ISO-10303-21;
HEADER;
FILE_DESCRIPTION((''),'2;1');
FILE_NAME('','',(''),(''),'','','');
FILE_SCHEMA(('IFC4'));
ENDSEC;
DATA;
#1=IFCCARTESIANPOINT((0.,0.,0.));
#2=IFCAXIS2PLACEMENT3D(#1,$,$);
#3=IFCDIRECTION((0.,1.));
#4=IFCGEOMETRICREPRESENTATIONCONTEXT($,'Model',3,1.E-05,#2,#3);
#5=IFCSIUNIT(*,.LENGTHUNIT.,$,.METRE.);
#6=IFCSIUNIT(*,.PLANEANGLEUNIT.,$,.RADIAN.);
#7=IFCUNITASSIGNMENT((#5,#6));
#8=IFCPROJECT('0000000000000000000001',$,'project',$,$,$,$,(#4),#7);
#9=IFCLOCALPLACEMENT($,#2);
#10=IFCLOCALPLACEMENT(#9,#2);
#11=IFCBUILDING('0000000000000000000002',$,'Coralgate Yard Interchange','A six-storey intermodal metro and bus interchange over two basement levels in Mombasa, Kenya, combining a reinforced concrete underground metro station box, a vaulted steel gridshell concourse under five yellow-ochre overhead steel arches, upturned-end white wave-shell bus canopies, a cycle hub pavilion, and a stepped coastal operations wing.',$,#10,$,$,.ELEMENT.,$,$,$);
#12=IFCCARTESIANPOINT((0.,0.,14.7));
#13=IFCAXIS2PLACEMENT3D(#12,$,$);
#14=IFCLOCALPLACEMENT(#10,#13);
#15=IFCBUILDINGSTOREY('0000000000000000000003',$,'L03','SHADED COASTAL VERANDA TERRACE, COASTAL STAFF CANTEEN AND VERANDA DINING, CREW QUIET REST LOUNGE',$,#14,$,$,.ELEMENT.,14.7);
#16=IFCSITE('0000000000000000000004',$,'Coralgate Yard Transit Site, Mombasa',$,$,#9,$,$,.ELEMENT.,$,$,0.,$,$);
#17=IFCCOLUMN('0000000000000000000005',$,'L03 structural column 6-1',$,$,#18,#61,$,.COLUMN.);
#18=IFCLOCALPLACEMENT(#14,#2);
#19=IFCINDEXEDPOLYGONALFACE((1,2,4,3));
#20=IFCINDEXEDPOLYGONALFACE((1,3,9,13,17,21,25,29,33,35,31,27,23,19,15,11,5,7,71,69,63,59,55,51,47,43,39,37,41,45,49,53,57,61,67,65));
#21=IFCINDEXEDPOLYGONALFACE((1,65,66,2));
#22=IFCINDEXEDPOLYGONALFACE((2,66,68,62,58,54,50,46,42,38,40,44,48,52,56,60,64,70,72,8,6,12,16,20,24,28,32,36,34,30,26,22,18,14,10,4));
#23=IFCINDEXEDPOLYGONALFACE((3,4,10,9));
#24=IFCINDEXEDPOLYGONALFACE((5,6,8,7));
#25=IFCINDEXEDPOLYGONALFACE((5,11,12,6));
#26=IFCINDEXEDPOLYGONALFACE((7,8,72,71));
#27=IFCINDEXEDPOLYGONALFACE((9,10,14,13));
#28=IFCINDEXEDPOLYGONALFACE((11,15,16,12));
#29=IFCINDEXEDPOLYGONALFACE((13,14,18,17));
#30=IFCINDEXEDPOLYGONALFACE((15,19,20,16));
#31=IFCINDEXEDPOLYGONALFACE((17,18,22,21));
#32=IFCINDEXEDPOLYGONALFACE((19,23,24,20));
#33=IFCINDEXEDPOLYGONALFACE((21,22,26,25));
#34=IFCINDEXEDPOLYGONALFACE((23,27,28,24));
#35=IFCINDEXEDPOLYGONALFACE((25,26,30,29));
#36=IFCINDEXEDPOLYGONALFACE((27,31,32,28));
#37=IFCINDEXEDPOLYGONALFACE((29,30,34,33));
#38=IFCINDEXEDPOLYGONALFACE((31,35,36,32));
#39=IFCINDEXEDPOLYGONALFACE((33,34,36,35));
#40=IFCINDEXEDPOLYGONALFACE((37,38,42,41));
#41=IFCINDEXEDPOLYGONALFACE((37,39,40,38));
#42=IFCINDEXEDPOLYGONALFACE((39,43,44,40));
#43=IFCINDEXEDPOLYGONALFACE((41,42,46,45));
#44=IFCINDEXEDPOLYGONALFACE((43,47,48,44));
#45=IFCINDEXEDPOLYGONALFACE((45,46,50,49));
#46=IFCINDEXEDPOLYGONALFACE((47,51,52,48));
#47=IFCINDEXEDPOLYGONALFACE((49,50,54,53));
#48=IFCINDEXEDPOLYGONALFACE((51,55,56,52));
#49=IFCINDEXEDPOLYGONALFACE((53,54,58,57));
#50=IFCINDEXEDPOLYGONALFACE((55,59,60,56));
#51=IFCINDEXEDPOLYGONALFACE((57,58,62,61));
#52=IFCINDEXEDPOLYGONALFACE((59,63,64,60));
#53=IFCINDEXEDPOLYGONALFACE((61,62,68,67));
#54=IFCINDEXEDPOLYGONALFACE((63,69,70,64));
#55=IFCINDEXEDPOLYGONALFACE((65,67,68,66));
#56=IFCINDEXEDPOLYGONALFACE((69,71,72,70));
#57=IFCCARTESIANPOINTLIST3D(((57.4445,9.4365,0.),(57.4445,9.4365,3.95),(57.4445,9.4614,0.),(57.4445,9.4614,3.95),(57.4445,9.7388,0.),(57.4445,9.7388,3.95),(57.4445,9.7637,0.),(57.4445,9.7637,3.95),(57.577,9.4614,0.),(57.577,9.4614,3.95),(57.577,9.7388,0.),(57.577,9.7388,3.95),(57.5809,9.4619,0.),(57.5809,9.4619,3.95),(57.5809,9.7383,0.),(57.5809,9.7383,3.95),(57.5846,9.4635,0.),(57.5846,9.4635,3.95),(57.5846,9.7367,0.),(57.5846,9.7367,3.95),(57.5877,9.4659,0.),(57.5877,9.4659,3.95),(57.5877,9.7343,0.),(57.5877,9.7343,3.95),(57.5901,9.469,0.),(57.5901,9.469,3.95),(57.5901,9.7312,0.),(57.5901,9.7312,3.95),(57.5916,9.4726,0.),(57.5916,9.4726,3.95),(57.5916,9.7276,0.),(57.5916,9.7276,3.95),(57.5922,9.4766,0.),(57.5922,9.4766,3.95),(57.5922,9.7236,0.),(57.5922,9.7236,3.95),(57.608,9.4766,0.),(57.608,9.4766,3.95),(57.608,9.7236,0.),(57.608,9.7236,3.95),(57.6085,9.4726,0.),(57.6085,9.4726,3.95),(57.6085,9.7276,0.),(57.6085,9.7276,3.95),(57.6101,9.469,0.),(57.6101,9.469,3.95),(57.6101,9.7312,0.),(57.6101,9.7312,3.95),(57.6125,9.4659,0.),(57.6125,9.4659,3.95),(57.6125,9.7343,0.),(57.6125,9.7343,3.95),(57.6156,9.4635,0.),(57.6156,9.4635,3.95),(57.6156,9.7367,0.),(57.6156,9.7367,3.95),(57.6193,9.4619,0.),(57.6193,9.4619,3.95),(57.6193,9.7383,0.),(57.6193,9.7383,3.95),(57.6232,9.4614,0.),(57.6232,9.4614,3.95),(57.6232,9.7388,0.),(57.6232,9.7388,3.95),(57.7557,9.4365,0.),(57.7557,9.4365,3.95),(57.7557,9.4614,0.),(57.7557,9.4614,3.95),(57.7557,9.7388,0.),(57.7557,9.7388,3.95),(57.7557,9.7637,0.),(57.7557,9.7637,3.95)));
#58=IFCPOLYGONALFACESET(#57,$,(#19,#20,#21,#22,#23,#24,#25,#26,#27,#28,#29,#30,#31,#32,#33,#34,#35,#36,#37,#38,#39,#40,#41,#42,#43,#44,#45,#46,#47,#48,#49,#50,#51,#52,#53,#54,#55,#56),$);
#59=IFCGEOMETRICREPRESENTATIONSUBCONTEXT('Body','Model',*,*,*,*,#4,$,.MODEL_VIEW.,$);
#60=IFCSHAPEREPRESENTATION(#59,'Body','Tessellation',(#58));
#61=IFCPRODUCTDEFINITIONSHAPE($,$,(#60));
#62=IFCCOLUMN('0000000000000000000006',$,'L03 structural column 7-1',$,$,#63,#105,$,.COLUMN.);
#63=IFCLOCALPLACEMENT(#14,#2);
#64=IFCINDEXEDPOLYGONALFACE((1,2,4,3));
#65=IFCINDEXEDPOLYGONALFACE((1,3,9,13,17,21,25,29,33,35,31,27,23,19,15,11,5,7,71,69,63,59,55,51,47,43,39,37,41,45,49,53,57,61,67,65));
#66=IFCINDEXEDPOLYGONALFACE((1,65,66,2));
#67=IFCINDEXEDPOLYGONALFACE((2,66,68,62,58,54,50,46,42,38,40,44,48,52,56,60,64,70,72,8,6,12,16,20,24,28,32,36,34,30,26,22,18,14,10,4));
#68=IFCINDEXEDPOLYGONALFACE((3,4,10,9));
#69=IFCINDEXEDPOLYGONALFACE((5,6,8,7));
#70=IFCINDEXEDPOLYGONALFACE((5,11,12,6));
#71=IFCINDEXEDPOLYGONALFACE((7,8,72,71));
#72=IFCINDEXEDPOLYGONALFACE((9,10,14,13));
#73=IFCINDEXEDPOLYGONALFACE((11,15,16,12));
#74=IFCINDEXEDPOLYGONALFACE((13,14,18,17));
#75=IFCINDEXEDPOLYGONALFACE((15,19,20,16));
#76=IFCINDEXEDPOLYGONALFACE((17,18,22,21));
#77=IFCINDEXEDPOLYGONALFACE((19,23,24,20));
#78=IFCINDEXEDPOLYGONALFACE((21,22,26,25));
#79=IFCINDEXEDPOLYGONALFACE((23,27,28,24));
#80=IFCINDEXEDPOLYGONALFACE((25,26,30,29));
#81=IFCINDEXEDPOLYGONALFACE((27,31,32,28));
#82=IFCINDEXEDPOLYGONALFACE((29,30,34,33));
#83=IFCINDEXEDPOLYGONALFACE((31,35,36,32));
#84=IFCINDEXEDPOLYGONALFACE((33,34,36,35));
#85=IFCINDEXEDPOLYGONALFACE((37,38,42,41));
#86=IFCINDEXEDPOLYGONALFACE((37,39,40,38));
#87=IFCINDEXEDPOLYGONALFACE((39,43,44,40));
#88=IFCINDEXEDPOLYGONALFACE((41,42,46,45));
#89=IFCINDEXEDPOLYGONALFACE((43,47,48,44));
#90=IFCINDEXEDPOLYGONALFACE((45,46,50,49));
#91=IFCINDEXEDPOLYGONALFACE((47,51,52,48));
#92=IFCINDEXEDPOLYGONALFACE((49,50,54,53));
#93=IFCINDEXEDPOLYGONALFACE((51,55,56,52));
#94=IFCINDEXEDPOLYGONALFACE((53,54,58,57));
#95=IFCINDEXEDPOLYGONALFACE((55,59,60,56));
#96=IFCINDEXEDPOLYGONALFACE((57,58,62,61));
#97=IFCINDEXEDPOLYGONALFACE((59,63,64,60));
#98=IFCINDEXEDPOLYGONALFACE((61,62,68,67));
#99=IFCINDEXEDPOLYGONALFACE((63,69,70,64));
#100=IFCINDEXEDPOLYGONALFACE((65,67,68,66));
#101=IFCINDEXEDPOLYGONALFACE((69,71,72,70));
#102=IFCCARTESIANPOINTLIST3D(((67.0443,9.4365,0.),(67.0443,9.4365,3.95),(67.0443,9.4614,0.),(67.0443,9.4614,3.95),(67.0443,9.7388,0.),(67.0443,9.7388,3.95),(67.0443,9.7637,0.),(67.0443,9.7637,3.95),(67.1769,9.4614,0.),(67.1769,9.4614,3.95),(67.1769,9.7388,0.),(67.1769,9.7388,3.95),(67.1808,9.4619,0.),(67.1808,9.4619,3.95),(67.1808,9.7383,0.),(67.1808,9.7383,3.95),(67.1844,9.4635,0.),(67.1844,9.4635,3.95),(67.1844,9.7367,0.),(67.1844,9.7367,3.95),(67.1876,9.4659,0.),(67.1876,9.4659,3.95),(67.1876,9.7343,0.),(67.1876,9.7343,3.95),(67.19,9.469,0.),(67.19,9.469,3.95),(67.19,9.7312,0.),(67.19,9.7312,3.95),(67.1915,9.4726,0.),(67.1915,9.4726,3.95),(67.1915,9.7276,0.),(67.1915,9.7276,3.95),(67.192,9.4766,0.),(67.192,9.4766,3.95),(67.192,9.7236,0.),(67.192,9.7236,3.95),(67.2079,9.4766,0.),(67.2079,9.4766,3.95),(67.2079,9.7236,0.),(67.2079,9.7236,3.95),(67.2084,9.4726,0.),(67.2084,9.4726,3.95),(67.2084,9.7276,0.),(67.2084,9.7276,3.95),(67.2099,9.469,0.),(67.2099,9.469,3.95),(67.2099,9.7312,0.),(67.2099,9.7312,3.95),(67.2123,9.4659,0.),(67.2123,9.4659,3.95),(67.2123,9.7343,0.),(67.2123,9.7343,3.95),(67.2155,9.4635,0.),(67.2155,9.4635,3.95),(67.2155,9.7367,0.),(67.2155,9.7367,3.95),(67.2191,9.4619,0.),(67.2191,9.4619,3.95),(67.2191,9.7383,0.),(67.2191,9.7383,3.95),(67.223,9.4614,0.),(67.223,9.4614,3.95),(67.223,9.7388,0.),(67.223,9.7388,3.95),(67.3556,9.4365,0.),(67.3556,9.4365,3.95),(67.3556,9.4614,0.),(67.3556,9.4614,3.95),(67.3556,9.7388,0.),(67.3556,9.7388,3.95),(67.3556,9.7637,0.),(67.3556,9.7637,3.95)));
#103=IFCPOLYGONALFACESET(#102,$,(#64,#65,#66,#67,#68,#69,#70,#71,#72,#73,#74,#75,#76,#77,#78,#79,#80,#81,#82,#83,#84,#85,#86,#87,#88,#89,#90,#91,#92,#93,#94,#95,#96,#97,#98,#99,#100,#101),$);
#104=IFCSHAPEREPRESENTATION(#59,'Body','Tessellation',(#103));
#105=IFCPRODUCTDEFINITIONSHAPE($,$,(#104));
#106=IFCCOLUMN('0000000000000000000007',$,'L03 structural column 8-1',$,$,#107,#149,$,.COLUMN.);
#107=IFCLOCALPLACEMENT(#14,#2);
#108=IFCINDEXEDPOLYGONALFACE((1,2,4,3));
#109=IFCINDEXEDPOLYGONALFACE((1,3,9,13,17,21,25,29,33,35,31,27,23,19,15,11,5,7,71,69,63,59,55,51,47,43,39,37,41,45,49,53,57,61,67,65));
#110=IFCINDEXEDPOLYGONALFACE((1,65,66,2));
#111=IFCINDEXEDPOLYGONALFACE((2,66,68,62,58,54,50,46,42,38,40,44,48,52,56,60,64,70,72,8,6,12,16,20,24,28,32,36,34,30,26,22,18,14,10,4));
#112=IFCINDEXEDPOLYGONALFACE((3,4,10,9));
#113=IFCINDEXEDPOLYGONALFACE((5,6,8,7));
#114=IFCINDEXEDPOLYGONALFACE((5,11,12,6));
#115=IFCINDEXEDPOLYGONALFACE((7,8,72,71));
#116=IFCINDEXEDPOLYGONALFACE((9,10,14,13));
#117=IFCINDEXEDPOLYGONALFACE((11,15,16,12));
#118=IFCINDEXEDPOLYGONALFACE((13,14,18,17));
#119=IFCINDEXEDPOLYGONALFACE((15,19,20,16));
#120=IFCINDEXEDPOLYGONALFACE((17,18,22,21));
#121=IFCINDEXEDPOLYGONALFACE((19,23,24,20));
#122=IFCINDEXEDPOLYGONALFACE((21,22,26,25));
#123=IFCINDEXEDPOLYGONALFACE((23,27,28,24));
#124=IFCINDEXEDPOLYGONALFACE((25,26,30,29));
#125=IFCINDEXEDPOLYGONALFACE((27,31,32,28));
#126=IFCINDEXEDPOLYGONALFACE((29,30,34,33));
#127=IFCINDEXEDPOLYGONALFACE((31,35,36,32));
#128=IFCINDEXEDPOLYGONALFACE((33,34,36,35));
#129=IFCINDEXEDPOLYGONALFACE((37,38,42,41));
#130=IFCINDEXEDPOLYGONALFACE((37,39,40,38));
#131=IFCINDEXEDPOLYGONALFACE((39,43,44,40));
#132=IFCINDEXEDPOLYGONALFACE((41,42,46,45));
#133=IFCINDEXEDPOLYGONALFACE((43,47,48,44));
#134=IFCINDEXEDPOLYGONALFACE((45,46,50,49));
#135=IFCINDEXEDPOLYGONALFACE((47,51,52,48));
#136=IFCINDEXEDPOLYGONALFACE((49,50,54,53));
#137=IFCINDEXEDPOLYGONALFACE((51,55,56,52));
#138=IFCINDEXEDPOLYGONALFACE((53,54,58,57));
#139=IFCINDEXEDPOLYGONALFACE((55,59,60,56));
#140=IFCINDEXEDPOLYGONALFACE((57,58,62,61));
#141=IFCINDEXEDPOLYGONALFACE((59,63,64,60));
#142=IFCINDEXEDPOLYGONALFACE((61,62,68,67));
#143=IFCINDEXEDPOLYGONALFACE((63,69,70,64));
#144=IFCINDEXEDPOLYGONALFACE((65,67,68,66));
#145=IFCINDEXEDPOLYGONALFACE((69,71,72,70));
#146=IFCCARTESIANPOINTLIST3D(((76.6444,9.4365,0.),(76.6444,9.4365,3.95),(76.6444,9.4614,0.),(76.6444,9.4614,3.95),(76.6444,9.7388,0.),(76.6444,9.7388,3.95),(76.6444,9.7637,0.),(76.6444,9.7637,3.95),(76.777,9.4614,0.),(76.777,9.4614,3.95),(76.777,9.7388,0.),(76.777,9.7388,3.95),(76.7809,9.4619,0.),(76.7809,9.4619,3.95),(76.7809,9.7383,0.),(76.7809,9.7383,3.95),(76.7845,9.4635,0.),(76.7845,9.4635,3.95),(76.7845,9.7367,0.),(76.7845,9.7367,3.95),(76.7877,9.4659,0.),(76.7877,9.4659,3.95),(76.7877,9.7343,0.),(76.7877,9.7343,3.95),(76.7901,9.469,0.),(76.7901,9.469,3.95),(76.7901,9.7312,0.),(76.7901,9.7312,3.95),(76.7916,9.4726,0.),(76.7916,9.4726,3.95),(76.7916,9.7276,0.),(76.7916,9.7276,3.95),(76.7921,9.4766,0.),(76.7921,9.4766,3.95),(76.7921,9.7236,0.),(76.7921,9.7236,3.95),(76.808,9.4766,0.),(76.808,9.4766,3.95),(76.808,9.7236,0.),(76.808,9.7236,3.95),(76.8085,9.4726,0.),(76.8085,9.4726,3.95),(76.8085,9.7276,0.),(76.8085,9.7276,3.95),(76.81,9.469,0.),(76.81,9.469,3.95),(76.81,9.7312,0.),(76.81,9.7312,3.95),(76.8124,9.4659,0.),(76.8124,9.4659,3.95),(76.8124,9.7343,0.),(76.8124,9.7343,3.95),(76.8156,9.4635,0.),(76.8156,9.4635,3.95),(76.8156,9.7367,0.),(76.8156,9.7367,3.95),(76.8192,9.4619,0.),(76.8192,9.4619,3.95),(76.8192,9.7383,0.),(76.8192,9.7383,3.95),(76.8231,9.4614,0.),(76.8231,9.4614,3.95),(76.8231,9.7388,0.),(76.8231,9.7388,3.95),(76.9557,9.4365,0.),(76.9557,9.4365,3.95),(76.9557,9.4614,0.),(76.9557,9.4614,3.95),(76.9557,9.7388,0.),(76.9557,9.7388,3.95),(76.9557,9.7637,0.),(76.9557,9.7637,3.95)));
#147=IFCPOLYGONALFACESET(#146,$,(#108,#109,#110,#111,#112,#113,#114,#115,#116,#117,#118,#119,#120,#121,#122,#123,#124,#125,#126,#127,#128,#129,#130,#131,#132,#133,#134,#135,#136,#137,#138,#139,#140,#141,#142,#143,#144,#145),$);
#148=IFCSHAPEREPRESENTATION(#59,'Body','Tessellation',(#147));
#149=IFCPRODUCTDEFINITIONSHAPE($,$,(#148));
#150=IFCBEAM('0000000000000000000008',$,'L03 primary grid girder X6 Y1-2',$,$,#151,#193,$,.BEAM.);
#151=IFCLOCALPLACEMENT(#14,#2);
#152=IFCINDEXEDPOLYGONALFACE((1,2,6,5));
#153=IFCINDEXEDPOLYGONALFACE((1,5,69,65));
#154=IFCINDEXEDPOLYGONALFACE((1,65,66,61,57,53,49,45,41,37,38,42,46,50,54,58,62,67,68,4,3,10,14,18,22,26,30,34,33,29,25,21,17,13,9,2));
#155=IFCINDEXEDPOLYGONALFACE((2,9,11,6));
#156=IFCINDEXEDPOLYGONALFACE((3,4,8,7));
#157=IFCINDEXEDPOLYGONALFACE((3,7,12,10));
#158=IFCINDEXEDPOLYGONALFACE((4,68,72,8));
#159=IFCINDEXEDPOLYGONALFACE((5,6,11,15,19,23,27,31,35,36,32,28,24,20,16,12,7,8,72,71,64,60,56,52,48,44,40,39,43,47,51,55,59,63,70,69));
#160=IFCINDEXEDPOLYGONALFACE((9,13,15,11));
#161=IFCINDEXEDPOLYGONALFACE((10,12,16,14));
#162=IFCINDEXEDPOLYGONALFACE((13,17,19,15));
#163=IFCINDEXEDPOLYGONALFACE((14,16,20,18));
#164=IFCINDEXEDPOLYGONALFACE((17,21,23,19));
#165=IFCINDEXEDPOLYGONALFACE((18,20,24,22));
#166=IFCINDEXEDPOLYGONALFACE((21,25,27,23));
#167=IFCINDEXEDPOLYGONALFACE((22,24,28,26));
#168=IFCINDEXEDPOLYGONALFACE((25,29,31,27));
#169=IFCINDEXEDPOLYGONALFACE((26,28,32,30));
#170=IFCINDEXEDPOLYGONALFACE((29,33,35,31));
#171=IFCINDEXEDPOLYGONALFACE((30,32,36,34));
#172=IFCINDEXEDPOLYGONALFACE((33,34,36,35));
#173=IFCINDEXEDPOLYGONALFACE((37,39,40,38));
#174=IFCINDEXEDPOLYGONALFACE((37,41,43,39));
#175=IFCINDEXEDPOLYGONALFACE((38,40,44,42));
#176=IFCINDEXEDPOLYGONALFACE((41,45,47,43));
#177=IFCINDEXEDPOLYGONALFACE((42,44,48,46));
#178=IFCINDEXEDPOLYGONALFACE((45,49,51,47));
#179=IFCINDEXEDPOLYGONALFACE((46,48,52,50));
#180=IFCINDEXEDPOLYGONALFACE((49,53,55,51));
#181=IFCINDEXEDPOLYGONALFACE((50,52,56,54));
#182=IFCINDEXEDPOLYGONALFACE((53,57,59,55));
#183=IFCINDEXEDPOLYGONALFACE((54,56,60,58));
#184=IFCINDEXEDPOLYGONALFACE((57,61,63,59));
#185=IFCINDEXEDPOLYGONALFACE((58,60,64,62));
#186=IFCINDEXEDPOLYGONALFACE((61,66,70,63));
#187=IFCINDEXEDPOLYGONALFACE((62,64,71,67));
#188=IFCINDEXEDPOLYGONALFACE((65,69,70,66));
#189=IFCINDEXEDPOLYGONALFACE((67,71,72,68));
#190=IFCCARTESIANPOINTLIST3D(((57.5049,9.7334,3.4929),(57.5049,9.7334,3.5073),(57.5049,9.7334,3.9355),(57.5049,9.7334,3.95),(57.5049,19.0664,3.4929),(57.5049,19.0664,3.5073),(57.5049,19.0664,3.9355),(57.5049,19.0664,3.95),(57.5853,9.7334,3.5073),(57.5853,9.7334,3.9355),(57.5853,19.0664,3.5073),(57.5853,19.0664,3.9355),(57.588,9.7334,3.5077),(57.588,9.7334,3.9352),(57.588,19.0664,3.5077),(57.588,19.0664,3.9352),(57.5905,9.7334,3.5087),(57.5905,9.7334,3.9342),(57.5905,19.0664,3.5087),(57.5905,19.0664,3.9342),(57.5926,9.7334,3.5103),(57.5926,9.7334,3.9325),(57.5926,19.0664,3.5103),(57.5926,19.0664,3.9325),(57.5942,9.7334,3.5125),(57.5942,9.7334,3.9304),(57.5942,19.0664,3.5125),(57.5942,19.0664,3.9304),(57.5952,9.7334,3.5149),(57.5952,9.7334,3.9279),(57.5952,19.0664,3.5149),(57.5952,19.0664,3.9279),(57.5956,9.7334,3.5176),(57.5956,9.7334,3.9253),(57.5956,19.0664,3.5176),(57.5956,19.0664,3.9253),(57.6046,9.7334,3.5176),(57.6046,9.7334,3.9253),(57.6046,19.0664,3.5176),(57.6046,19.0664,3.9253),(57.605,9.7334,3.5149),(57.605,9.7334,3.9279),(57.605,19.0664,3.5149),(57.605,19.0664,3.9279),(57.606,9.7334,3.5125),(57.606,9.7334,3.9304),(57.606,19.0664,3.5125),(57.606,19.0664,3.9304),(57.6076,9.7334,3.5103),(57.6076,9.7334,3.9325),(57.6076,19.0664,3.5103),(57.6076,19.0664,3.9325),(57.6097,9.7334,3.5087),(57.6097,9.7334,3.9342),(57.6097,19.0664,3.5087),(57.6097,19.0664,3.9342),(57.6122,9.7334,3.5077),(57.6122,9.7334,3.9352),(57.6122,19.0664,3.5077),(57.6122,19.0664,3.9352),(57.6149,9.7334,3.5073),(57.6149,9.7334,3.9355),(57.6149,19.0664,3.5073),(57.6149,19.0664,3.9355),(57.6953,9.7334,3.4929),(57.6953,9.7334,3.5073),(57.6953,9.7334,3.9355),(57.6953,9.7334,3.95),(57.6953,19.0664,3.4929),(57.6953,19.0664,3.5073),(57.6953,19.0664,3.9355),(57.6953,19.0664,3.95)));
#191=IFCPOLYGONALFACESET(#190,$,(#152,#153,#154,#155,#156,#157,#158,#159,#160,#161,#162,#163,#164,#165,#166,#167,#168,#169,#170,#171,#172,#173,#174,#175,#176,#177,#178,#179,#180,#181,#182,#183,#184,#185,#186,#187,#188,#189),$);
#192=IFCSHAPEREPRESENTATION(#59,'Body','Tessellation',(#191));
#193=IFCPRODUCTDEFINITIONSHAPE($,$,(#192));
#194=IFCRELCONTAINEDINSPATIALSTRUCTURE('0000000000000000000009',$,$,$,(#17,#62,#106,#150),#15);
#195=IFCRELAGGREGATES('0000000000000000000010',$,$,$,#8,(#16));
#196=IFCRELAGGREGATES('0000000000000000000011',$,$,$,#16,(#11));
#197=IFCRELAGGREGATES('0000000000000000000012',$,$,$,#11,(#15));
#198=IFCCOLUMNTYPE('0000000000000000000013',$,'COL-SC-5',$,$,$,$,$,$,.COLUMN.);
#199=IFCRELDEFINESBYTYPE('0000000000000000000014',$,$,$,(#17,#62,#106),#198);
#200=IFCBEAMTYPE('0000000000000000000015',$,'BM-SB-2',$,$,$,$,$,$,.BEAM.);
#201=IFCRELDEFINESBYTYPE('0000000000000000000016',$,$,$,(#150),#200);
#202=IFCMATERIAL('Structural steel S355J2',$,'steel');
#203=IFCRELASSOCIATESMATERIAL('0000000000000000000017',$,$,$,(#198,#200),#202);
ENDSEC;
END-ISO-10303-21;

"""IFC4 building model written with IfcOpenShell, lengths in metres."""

from ifc_helpers import new_model, si_unit, direction, frame, origin, origin_2d, place, context, subcontext, project, spatial, i_section, extrude, material, material_profile, profile_set, type_object, element, save


model = new_model("IFC4")

# Units and contexts
model_context = context("Model", 3, precision=1e-05, world=origin(), true_north=direction((0.0, 1.0)))
body_context = subcontext(model_context, "Body", "Model", "MODEL_VIEW")
ifc_project = project(units=[si_unit("LENGTHUNIT", "METRE"), si_unit("PLANEANGLEUNIT", "RADIAN")], contexts=[model_context])

# Site, building, storey
site_placement = place(None, origin())
site = spatial("IfcSite", under=ifc_project, at=site_placement, Name="Coralgate Yard Transit Site, Mombasa", CompositionType="ELEMENT", RefElevation=0.0)
building_placement = place(site_placement, origin())
building = spatial("IfcBuilding", under=site, at=building_placement, Name="Coralgate Yard Interchange", Description="A six-storey intermodal metro and bus interchange over two basement levels in Mombasa, Kenya, combining a reinforced concrete underground metro station box, a vaulted steel gridshell concourse under five yellow-ochre overhead steel arches, upturned-end white wave-shell bus canopies, a cycle hub pavilion, and a stepped coastal operations wing.", CompositionType="ELEMENT")
storey_placement = place(building_placement, frame((0.0, 0.0, 14.7)))
storey = spatial("IfcBuildingStorey", under=building, at=storey_placement, Name="L03", Description="SHADED COASTAL VERANDA TERRACE, COASTAL STAFF CANTEEN AND VERANDA DINING, CREW QUIET REST LOUNGE", CompositionType="ELEMENT", Elevation=14.7)

# Columns
ifc_material_1 = material(Name="Structural steel S355J2", Category="steel")
ifc_material_profile_1 = material_profile(ifc_material_1, i_section(OverallWidth=0.3113, OverallDepth=0.3271, WebThickness=0.0159, FlangeThickness=0.0249, FilletRadius=0.0151, at=origin_2d()), Name="UC 305x305x158")
ifc_profile_set_1 = profile_set([ifc_material_profile_1], Name="Structural steel S355J2")
column_type = type_object("IfcColumnType", Name="COL-SC-5", PredefinedType="COLUMN", material=ifc_profile_set_1)
for number, where, z_axis, x_axis, name in (
    (1, (57.6001, 9.6001, 0.0), (0.0, 0.0, 1.0), (1.0, 0.0, 0.0), "L03 structural column 6-1"),
    (2, (67.2, 9.6001, 0.0), (0.0, 0.0, 1.0), (1.0, 0.0, 0.0), "L03 structural column 7-1"),
    (3, (76.8, 9.6001, 0.0), (0.0, 0.0, 1.0), (1.0, 0.0, 0.0), "L03 structural column 8-1"),
):
    element("IfcColumn", number, at=place(storey_placement, frame(where, z_axis=z_axis, x_axis=x_axis)), inside=storey, type_object=column_type, Name=name, PredefinedType="COLUMN", context=body_context, shape_type="SweptSolid", body=[
        extrude(i_section(OverallWidth=0.3113, OverallDepth=0.3271, WebThickness=0.0159, FlangeThickness=0.0249, FilletRadius=0.0151, at=origin_2d()), origin(), (0.0, 0.0, 1.0), 3.95),
    ])

# Beam
ifc_material_profile_2 = material_profile(ifc_material_1, i_section(OverallWidth=0.1904, OverallDepth=0.457, WebThickness=0.009, FlangeThickness=0.0144, FilletRadius=0.0103, at=origin_2d()), Name="UB 457x191x74")
ifc_profile_set_2 = profile_set([ifc_material_profile_2], Name="Structural steel S355J2")
beam_type_1 = type_object("IfcBeamType", Name="BM-SB-2", PredefinedType="BEAM", material=ifc_profile_set_2)
for number, where, z_axis, x_axis, name in (
    (4, (57.6001, 9.7334, 3.7214), (0.0, 1.0, 0.0), (-1.0, 0.0, 0.0), "L03 primary grid girder X6 Y1-2"),
):
    element("IfcBeam", number, at=place(storey_placement, frame(where, z_axis=z_axis, x_axis=x_axis)), inside=storey, type_object=beam_type_1, Name=name, PredefinedType="BEAM", context=body_context, shape_type="SweptSolid", body=[
        extrude(i_section(OverallWidth=0.1904, OverallDepth=0.457, WebThickness=0.009, FlangeThickness=0.0144, FilletRadius=0.0103, at=origin_2d()), origin(), (0.0, 0.0, 1.0), 9.333),
    ])

save(model, "model.ifc")
